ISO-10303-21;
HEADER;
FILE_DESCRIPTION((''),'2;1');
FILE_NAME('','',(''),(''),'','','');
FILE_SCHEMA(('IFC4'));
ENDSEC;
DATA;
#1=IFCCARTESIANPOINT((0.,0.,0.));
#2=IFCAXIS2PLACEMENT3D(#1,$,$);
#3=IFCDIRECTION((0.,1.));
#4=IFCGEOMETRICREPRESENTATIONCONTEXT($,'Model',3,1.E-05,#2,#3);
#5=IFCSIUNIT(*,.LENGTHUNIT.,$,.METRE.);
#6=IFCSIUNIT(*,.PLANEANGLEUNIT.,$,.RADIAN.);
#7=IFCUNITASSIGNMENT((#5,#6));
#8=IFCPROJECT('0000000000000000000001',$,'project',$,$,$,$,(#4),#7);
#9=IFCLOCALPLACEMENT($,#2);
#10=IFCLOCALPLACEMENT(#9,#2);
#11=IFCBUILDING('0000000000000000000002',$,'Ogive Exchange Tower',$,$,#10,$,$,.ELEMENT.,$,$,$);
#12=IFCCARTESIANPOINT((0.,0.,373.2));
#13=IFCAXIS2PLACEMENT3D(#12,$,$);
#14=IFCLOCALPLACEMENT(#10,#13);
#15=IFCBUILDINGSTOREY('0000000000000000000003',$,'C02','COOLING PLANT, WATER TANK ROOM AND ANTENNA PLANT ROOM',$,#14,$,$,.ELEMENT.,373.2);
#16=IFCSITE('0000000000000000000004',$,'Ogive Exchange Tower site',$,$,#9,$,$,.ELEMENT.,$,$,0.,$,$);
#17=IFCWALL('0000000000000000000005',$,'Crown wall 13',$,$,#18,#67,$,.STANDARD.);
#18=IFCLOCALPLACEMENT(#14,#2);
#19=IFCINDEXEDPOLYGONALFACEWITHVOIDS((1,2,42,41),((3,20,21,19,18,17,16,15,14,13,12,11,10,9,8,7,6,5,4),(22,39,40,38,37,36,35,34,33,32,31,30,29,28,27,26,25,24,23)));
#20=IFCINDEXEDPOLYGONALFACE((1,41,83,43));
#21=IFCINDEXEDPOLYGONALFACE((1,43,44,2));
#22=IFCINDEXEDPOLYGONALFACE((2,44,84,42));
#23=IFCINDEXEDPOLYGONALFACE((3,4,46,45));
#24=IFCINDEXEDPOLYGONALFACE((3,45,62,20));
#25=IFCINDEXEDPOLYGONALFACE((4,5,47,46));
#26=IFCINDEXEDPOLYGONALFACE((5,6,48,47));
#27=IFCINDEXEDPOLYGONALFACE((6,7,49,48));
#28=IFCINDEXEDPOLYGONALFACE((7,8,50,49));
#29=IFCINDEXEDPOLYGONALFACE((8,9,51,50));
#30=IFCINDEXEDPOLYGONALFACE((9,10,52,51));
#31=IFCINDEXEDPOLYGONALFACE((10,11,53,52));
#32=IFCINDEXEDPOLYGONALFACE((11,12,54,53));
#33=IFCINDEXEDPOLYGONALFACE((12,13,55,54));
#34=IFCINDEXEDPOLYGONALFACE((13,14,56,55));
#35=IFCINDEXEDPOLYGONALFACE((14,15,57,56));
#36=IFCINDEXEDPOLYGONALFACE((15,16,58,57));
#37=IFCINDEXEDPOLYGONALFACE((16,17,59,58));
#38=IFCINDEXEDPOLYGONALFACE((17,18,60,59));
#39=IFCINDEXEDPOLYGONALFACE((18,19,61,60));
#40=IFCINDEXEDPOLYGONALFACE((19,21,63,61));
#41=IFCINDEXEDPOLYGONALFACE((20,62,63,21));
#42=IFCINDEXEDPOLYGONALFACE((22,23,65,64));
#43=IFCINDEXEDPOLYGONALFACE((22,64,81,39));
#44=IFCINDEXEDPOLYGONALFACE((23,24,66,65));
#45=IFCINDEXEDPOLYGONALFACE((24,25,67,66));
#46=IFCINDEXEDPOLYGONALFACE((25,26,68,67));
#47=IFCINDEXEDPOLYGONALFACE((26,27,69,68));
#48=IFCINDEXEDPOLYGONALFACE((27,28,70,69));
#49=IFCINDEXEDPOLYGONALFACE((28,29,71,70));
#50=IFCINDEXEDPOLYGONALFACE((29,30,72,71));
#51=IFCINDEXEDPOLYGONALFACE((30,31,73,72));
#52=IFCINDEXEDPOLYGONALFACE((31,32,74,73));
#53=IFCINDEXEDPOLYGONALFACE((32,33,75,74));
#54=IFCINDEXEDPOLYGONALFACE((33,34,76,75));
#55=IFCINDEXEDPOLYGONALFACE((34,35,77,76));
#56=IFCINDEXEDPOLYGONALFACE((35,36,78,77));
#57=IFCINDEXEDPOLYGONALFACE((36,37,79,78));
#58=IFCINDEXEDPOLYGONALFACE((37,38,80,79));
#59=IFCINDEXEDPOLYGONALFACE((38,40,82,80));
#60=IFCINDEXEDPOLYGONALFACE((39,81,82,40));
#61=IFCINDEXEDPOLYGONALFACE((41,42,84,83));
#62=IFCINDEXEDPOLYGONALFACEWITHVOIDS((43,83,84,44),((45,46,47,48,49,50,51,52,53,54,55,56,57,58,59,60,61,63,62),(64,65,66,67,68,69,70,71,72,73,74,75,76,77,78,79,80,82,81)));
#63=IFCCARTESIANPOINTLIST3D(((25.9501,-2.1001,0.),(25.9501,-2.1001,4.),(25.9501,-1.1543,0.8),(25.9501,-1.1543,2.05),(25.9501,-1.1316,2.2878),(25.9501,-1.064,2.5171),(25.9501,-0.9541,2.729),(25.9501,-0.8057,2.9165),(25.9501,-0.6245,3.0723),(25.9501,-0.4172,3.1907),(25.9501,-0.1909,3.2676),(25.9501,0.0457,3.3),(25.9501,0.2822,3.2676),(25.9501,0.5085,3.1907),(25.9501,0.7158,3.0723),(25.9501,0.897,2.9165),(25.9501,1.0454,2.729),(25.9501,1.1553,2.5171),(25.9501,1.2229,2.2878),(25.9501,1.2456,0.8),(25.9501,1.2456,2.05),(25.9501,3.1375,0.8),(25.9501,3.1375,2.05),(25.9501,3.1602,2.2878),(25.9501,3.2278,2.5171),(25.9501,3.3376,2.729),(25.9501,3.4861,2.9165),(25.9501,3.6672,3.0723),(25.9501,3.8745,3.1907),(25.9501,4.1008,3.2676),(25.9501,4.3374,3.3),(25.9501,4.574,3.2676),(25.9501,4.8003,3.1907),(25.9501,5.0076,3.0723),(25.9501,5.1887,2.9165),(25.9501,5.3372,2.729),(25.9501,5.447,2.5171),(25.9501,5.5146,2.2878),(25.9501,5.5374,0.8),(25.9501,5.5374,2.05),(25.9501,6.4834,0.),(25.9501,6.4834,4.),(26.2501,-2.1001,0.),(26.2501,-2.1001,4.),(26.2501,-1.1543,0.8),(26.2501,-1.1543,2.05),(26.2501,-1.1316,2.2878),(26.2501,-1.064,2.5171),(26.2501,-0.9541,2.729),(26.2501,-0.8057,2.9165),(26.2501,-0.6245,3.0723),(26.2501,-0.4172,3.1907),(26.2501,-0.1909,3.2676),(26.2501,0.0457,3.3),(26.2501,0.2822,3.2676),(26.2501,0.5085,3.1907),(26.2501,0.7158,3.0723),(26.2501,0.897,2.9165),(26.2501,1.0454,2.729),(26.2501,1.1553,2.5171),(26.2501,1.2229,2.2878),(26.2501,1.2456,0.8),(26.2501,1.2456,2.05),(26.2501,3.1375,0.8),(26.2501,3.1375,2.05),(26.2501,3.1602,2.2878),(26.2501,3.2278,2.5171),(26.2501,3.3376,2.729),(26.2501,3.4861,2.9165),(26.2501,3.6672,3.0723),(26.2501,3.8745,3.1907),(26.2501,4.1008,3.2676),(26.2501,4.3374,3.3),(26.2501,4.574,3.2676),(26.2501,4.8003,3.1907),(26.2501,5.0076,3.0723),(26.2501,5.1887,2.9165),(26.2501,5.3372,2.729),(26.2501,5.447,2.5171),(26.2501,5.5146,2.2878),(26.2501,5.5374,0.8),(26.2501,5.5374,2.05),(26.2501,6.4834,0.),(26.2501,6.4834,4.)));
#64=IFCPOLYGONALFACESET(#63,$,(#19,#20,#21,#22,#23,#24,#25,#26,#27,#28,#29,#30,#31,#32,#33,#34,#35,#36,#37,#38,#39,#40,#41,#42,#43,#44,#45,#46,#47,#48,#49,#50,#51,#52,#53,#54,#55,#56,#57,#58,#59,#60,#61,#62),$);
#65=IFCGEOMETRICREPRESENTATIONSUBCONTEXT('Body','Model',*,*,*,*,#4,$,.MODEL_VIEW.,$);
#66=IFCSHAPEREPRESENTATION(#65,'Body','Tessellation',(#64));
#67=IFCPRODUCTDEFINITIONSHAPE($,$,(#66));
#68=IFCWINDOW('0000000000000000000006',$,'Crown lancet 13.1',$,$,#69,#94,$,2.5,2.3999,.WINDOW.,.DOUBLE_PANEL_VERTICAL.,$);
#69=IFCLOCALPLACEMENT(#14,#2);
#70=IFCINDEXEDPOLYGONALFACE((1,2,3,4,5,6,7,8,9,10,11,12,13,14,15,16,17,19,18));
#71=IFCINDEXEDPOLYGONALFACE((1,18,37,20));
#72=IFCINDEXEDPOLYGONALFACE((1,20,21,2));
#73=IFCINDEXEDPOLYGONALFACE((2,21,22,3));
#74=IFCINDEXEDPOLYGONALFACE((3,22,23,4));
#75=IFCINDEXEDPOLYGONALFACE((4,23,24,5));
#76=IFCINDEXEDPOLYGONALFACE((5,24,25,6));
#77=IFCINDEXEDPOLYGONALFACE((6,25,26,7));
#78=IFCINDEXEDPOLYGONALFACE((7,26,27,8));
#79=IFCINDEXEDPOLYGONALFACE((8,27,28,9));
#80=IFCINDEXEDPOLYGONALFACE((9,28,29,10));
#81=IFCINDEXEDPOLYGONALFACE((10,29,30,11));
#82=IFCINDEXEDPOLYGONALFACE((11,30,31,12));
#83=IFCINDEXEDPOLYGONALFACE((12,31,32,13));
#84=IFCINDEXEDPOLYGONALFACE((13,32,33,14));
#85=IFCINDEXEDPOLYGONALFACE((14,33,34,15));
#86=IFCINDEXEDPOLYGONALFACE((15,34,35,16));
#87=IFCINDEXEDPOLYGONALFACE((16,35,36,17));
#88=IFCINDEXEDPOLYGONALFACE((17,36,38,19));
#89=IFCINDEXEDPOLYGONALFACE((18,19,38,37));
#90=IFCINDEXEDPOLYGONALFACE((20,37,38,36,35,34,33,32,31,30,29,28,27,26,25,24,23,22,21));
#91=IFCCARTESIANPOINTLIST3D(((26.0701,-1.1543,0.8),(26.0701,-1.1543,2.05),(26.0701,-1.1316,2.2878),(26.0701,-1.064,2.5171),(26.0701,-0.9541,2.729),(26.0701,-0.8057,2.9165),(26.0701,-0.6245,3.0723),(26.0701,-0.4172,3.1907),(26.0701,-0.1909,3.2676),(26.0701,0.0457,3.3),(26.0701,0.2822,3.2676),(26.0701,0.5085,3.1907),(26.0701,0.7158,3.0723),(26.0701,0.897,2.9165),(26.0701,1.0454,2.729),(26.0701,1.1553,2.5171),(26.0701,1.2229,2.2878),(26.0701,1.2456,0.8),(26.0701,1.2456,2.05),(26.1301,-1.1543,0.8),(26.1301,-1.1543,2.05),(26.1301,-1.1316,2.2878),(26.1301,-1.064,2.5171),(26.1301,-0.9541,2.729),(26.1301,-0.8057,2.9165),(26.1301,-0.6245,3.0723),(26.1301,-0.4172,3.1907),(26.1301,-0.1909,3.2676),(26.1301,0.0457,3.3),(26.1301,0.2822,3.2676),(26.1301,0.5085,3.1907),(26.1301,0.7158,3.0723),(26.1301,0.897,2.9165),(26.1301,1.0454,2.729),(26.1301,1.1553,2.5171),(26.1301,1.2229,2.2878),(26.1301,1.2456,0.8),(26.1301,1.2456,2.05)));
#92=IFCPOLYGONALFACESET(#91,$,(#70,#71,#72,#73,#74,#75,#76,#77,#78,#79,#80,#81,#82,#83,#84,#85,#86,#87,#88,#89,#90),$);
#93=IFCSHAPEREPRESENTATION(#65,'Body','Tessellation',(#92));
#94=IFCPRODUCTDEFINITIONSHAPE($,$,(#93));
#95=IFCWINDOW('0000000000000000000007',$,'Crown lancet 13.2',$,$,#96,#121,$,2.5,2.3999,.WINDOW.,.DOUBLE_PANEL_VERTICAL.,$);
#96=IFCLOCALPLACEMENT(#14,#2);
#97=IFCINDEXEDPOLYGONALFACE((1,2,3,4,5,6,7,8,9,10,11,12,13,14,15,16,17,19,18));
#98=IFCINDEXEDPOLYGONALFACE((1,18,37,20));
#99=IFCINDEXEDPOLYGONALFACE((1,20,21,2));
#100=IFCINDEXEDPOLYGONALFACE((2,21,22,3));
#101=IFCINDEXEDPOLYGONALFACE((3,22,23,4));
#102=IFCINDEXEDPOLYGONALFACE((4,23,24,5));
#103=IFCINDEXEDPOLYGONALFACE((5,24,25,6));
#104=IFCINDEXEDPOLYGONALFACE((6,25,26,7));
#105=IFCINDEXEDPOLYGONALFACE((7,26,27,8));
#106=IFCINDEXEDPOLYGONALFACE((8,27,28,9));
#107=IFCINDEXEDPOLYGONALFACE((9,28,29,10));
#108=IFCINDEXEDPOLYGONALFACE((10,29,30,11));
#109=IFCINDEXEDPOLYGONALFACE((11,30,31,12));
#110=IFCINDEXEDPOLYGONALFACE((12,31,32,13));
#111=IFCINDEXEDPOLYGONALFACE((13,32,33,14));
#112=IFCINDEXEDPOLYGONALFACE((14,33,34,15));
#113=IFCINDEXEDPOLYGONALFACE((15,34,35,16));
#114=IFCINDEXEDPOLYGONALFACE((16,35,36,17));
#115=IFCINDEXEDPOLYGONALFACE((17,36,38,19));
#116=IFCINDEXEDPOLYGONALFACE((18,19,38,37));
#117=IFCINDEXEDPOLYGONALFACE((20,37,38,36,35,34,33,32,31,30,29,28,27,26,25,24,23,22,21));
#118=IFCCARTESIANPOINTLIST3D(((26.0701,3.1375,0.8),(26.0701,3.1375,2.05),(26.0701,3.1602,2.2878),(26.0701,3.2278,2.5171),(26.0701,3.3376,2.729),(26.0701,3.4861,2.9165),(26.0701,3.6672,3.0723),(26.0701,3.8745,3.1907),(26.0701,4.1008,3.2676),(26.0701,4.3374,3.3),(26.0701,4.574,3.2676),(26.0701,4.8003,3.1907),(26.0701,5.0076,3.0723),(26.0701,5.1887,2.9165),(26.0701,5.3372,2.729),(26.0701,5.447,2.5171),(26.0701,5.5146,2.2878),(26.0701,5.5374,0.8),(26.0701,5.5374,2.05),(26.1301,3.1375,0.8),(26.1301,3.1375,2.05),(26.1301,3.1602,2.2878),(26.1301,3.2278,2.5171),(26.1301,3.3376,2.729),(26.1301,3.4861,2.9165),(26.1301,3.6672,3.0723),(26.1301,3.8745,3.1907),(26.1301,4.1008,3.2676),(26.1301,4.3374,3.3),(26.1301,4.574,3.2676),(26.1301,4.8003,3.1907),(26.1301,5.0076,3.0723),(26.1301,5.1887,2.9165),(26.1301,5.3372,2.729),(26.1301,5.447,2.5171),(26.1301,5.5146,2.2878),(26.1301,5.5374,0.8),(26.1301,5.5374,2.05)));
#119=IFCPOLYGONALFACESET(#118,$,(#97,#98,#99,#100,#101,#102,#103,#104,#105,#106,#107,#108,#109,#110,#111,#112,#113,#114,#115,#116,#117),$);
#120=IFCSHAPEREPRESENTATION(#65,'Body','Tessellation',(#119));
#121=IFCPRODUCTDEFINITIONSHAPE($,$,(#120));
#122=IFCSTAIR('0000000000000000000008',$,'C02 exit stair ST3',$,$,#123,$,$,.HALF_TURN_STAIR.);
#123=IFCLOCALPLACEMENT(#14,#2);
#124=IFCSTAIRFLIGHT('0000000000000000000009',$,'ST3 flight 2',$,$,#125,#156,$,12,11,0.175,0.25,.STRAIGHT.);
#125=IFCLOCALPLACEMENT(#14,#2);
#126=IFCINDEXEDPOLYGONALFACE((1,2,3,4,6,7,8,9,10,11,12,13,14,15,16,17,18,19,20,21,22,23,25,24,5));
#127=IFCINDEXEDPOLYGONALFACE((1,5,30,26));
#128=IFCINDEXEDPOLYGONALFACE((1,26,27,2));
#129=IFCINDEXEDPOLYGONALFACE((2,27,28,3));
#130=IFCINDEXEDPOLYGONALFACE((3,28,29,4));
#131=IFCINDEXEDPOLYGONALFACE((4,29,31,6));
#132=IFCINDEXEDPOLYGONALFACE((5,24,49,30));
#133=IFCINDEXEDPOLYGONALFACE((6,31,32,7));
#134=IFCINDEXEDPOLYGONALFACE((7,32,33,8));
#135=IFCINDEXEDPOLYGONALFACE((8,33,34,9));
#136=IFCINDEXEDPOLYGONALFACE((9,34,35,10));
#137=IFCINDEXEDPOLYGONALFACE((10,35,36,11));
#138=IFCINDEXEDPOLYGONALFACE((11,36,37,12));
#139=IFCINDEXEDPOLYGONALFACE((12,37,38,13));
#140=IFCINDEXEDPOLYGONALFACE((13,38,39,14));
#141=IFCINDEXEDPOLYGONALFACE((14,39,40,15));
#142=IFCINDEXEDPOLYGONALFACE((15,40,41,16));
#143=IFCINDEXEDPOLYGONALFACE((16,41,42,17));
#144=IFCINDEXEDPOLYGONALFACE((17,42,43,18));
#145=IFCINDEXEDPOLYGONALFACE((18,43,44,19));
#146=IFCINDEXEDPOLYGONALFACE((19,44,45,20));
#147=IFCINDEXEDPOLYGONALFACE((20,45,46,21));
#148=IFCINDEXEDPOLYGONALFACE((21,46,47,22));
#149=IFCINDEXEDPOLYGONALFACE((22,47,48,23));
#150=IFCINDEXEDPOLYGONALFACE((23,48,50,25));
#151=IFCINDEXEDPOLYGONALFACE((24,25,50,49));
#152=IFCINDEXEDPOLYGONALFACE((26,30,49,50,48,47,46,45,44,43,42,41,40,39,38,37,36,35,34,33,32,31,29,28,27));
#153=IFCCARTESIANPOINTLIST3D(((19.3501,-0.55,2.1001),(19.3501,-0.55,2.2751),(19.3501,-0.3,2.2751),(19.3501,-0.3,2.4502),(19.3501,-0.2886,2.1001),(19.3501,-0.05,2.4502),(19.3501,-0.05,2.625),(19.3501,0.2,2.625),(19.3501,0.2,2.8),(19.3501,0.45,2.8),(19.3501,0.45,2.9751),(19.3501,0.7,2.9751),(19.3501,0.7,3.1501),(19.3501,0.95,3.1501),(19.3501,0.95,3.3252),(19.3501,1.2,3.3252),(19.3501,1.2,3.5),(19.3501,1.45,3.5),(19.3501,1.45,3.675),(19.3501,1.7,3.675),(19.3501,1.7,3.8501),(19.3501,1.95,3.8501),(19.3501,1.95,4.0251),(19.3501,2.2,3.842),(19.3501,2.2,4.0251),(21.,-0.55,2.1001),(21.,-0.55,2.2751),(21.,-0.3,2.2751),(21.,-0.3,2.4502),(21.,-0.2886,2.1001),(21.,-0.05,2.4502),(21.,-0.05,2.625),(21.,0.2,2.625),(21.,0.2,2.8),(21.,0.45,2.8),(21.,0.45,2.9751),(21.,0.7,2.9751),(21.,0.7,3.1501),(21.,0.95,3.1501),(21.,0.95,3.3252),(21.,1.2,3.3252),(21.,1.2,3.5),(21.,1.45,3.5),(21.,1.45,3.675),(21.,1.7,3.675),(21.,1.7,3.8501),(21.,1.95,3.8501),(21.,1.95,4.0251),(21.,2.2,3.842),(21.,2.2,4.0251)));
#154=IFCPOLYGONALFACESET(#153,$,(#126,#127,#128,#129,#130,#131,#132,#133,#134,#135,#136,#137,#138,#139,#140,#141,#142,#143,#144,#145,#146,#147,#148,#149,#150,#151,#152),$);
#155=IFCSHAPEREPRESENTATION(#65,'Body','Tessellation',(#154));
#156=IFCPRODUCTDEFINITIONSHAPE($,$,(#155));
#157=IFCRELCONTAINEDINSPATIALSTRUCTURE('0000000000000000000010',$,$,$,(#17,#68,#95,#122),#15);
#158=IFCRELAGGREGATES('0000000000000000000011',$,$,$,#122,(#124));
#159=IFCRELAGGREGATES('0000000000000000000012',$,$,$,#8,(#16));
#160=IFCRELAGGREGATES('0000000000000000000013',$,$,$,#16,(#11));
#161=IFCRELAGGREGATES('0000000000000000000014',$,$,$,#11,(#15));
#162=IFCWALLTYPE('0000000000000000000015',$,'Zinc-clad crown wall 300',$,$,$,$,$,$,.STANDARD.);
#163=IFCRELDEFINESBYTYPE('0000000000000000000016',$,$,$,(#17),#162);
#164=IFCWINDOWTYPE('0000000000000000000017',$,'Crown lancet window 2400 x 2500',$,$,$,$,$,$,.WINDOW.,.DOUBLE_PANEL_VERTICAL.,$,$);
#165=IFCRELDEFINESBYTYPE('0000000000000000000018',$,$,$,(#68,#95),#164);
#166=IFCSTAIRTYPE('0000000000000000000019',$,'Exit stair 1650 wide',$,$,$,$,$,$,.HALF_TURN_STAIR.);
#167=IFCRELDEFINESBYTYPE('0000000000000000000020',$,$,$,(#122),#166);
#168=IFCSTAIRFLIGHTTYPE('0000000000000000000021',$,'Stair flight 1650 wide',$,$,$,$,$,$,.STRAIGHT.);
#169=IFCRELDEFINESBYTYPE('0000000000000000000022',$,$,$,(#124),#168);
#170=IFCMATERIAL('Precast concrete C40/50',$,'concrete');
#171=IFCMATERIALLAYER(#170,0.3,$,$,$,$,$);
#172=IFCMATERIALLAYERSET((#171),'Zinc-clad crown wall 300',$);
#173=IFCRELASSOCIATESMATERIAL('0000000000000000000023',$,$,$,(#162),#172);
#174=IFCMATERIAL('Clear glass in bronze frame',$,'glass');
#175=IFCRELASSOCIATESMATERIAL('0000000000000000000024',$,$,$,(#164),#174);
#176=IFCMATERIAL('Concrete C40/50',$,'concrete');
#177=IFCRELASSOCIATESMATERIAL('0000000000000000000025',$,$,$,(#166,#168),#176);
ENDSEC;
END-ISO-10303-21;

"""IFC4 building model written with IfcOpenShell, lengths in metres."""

from ifc_helpers import new_model, si_unit, direction, frame, frame_2d, origin, place, context, subcontext, project, spatial, polyline, rectangle, outline, extrude, material, layer, layer_set, type_object, element, fill, aggregate, save


model = new_model("IFC4")

# Units and contexts
model_context = context("Model", 3, precision=1e-05, world=origin(), true_north=direction((0.0, 1.0)))
body_context = subcontext(model_context, "Body", "Model", "MODEL_VIEW")
ifc_project = project(units=[si_unit("LENGTHUNIT", "METRE"), si_unit("PLANEANGLEUNIT", "RADIAN")], contexts=[model_context])

# Site, building, storey
site_placement = place(None, origin())
site = spatial("IfcSite", under=ifc_project, at=site_placement, Name="Ogive Exchange Tower site", CompositionType="ELEMENT", RefElevation=0.0)
building_placement = place(site_placement, origin())
building = spatial("IfcBuilding", under=site, at=building_placement, Name="Ogive Exchange Tower", CompositionType="ELEMENT")
storey_placement = place(building_placement, frame((0.0, 0.0, 373.2)))
storey = spatial("IfcBuildingStorey", under=building, at=storey_placement, Name="C02", Description="COOLING PLANT, WATER TANK ROOM AND ANTENNA PLANT ROOM", CompositionType="ELEMENT", Elevation=373.2)

# Shared definitions
ifc_material_1 = material(Name="Precast concrete C40/50", Category="concrete")
ifc_layer_1 = layer(ifc_material_1, 0.3)
ifc_layer_set_1 = layer_set([ifc_layer_1], Name="Zinc-clad crown wall 300")
wall_type_1 = type_object("IfcWallType", Name="Zinc-clad crown wall 300", PredefinedType="STANDARD", material=ifc_layer_set_1)

# Wall, openings, windows
wall_1_placement = place(storey_placement, frame((26.1001, -2.1001, 0.0), z_axis=(0.0, 0.0, 1.0), x_axis=(0.0, 1.0, 0.0)))
wall_1 = element("IfcWall", 1, at=wall_1_placement, inside=storey, type_object=wall_type_1, Name="Crown wall 13", PredefinedType="STANDARD", context=body_context, shape_type="SweptSolid", body=[
    extrude(rectangle(XDim=8.5835, YDim=0.3, at=frame_2d((4.2917, 0.0))), origin(), (0.0, 0.0, 1.0), 4.0),
])
opening_1_placement = place(wall_1_placement, frame((0.9458, 0.0, 0.8)))
opening_1 = element("IfcOpeningElement", 2, at=opening_1_placement, cuts=wall_1, PredefinedType="OPENING", context=body_context, shape_type="SweptSolid", body=[
    extrude(outline(polyline([(0.0, 0.0), (2.3999, 0.0), (2.3999, 1.25), (2.3772, 1.4878), (2.3096, 1.717), (2.1997, 1.929), (2.0513, 2.1165), (1.8701, 2.2722), (1.6628, 2.3906), (1.4365, 2.4675), (1.2, 2.5), (0.9634, 2.4675), (0.7371, 2.3906), (0.5298, 2.2722), (0.3486, 2.1165), (0.2002, 1.929), (0.0903, 1.717), (0.0227, 1.4878), (0.0, 1.25), (0.0, 0.0)])), frame((0.0, 0.1599, 0.0), z_axis=(0.0, -1.0, 0.0), x_axis=(1.0, 0.0, 0.0)), (0.0, 0.0, 1.0), 0.3201),
])
opening_2_placement = place(wall_1_placement, frame((5.2375, 0.0, 0.8)))
opening_2 = element("IfcOpeningElement", 3, at=opening_2_placement, cuts=wall_1, PredefinedType="OPENING", context=body_context, shape_type="SweptSolid", body=[
    extrude(outline(polyline([(0.0, 0.0), (2.3999, 0.0), (2.3999, 1.25), (2.3772, 1.4878), (2.3096, 1.717), (2.1997, 1.929), (2.0513, 2.1165), (1.8701, 2.2722), (1.6628, 2.3906), (1.4365, 2.4675), (1.2, 2.5), (0.9634, 2.4675), (0.7371, 2.3906), (0.5298, 2.2722), (0.3486, 2.1165), (0.2002, 1.929), (0.0903, 1.717), (0.0227, 1.4878), (0.0, 1.25), (0.0, 0.0)])), frame((0.0, 0.1599, 0.0), z_axis=(0.0, -1.0, 0.0), x_axis=(1.0, 0.0, 0.0)), (0.0, 0.0, 1.0), 0.3201),
])
ifc_material_2 = material(Name="Clear glass in bronze frame", Category="glass")
window_type = type_object("IfcWindowType", Name="Crown lancet window 2400 x 2500", PartitioningType="DOUBLE_PANEL_VERTICAL", PredefinedType="WINDOW", material=ifc_material_2)
window_1_placement = place(opening_1_placement, origin())
window_1 = element("IfcWindow", 4, at=window_1_placement, inside=storey, type_object=window_type, Name="Crown lancet 13.1", OverallHeight=2.5, OverallWidth=2.3999, PartitioningType="DOUBLE_PANEL_VERTICAL", PredefinedType="WINDOW", context=body_context, shape_type="SweptSolid", body=[
    extrude(outline(polyline([(0.0, 0.0), (2.3999, 0.0), (2.3999, 1.25), (2.3772, 1.4878), (2.3096, 1.717), (2.1997, 1.929), (2.0513, 2.1165), (1.8701, 2.2722), (1.6628, 2.3906), (1.4365, 2.4675), (1.2, 2.5), (0.9634, 2.4675), (0.7371, 2.3906), (0.5298, 2.2722), (0.3486, 2.1165), (0.2002, 1.929), (0.0903, 1.717), (0.0227, 1.4878), (0.0, 1.25), (0.0, 0.0)])), frame((0.0, 0.03, 0.0), z_axis=(0.0, -1.0, 0.0), x_axis=(1.0, 0.0, 0.0)), (0.0, 0.0, 1.0), 0.0601),
])
fill(opening_1, window_1)
window_2_placement = place(opening_2_placement, origin())
window_2 = element("IfcWindow", 5, at=window_2_placement, inside=storey, type_object=window_type, Name="Crown lancet 13.2", OverallHeight=2.5, OverallWidth=2.3999, PartitioningType="DOUBLE_PANEL_VERTICAL", PredefinedType="WINDOW", context=body_context, shape_type="SweptSolid", body=[
    extrude(outline(polyline([(0.0, 0.0), (2.3999, 0.0), (2.3999, 1.25), (2.3772, 1.4878), (2.3096, 1.717), (2.1997, 1.929), (2.0513, 2.1165), (1.8701, 2.2722), (1.6628, 2.3906), (1.4365, 2.4675), (1.2, 2.5), (0.9634, 2.4675), (0.7371, 2.3906), (0.5298, 2.2722), (0.3486, 2.1165), (0.2002, 1.929), (0.0903, 1.717), (0.0227, 1.4878), (0.0, 1.25), (0.0, 0.0)])), frame((0.0, 0.03, 0.0), z_axis=(0.0, -1.0, 0.0), x_axis=(1.0, 0.0, 0.0)), (0.0, 0.0, 1.0), 0.0601),
])
fill(opening_2, window_2)

# Stair, stair flight
ifc_material_3 = material(Name="Concrete C40/50", Category="concrete")
stair_type = type_object("IfcStairType", Name="Exit stair 1650 wide", PredefinedType="HALF_TURN_STAIR", material=ifc_material_3)
stair_placement = place(storey_placement, origin())
stair = element("IfcStair", 6, at=stair_placement, inside=storey, type_object=stair_type, Name="C02 exit stair ST3", PredefinedType="HALF_TURN_STAIR")
stair_flight_type = type_object("IfcStairFlightType", Name="Stair flight 1650 wide", PredefinedType="STRAIGHT", material=ifc_material_3)
stair_flight_placement = place(storey_placement, frame((20.175, -0.55, 2.1001), z_axis=(0.0, 0.0, 1.0), x_axis=(0.0, 1.0, 0.0)))
stair_flight = element("IfcStairFlight", 7, at=stair_flight_placement, type_object=stair_flight_type, Name="ST3 flight 2", NumberOfRisers=12, NumberOfTreads=11, PredefinedType="STRAIGHT", RiserHeight=0.175, TreadLength=0.25, context=body_context, shape_type="SweptSolid", body=[
    extrude(outline(polyline([(0.0, 0.0), (0.0, 0.175), (0.25, 0.175), (0.25, 0.3501), (0.5, 0.3501), (0.5, 0.5249), (0.75, 0.5249), (0.75, 0.7), (1.0, 0.7), (1.0, 0.875), (1.25, 0.875), (1.25, 1.05), (1.5, 1.05), (1.5, 1.2251), (1.75, 1.2251), (1.75, 1.3999), (2.0, 1.3999), (2.0, 1.575), (2.25, 1.575), (2.25, 1.75), (2.5, 1.75), (2.5, 1.925), (2.75, 1.925), (2.75, 2.1001), (2.75, 1.7419), (0.2615, 0.0), (0.0, 0.0)])), frame((0.0, 0.825, 0.0), z_axis=(0.0, -1.0, 0.0), x_axis=(1.0, 0.0, 0.0)), (0.0, 0.0, 1.0), 1.6499),
])
aggregate(stair, [stair_flight])

save(model, "model.ifc")
